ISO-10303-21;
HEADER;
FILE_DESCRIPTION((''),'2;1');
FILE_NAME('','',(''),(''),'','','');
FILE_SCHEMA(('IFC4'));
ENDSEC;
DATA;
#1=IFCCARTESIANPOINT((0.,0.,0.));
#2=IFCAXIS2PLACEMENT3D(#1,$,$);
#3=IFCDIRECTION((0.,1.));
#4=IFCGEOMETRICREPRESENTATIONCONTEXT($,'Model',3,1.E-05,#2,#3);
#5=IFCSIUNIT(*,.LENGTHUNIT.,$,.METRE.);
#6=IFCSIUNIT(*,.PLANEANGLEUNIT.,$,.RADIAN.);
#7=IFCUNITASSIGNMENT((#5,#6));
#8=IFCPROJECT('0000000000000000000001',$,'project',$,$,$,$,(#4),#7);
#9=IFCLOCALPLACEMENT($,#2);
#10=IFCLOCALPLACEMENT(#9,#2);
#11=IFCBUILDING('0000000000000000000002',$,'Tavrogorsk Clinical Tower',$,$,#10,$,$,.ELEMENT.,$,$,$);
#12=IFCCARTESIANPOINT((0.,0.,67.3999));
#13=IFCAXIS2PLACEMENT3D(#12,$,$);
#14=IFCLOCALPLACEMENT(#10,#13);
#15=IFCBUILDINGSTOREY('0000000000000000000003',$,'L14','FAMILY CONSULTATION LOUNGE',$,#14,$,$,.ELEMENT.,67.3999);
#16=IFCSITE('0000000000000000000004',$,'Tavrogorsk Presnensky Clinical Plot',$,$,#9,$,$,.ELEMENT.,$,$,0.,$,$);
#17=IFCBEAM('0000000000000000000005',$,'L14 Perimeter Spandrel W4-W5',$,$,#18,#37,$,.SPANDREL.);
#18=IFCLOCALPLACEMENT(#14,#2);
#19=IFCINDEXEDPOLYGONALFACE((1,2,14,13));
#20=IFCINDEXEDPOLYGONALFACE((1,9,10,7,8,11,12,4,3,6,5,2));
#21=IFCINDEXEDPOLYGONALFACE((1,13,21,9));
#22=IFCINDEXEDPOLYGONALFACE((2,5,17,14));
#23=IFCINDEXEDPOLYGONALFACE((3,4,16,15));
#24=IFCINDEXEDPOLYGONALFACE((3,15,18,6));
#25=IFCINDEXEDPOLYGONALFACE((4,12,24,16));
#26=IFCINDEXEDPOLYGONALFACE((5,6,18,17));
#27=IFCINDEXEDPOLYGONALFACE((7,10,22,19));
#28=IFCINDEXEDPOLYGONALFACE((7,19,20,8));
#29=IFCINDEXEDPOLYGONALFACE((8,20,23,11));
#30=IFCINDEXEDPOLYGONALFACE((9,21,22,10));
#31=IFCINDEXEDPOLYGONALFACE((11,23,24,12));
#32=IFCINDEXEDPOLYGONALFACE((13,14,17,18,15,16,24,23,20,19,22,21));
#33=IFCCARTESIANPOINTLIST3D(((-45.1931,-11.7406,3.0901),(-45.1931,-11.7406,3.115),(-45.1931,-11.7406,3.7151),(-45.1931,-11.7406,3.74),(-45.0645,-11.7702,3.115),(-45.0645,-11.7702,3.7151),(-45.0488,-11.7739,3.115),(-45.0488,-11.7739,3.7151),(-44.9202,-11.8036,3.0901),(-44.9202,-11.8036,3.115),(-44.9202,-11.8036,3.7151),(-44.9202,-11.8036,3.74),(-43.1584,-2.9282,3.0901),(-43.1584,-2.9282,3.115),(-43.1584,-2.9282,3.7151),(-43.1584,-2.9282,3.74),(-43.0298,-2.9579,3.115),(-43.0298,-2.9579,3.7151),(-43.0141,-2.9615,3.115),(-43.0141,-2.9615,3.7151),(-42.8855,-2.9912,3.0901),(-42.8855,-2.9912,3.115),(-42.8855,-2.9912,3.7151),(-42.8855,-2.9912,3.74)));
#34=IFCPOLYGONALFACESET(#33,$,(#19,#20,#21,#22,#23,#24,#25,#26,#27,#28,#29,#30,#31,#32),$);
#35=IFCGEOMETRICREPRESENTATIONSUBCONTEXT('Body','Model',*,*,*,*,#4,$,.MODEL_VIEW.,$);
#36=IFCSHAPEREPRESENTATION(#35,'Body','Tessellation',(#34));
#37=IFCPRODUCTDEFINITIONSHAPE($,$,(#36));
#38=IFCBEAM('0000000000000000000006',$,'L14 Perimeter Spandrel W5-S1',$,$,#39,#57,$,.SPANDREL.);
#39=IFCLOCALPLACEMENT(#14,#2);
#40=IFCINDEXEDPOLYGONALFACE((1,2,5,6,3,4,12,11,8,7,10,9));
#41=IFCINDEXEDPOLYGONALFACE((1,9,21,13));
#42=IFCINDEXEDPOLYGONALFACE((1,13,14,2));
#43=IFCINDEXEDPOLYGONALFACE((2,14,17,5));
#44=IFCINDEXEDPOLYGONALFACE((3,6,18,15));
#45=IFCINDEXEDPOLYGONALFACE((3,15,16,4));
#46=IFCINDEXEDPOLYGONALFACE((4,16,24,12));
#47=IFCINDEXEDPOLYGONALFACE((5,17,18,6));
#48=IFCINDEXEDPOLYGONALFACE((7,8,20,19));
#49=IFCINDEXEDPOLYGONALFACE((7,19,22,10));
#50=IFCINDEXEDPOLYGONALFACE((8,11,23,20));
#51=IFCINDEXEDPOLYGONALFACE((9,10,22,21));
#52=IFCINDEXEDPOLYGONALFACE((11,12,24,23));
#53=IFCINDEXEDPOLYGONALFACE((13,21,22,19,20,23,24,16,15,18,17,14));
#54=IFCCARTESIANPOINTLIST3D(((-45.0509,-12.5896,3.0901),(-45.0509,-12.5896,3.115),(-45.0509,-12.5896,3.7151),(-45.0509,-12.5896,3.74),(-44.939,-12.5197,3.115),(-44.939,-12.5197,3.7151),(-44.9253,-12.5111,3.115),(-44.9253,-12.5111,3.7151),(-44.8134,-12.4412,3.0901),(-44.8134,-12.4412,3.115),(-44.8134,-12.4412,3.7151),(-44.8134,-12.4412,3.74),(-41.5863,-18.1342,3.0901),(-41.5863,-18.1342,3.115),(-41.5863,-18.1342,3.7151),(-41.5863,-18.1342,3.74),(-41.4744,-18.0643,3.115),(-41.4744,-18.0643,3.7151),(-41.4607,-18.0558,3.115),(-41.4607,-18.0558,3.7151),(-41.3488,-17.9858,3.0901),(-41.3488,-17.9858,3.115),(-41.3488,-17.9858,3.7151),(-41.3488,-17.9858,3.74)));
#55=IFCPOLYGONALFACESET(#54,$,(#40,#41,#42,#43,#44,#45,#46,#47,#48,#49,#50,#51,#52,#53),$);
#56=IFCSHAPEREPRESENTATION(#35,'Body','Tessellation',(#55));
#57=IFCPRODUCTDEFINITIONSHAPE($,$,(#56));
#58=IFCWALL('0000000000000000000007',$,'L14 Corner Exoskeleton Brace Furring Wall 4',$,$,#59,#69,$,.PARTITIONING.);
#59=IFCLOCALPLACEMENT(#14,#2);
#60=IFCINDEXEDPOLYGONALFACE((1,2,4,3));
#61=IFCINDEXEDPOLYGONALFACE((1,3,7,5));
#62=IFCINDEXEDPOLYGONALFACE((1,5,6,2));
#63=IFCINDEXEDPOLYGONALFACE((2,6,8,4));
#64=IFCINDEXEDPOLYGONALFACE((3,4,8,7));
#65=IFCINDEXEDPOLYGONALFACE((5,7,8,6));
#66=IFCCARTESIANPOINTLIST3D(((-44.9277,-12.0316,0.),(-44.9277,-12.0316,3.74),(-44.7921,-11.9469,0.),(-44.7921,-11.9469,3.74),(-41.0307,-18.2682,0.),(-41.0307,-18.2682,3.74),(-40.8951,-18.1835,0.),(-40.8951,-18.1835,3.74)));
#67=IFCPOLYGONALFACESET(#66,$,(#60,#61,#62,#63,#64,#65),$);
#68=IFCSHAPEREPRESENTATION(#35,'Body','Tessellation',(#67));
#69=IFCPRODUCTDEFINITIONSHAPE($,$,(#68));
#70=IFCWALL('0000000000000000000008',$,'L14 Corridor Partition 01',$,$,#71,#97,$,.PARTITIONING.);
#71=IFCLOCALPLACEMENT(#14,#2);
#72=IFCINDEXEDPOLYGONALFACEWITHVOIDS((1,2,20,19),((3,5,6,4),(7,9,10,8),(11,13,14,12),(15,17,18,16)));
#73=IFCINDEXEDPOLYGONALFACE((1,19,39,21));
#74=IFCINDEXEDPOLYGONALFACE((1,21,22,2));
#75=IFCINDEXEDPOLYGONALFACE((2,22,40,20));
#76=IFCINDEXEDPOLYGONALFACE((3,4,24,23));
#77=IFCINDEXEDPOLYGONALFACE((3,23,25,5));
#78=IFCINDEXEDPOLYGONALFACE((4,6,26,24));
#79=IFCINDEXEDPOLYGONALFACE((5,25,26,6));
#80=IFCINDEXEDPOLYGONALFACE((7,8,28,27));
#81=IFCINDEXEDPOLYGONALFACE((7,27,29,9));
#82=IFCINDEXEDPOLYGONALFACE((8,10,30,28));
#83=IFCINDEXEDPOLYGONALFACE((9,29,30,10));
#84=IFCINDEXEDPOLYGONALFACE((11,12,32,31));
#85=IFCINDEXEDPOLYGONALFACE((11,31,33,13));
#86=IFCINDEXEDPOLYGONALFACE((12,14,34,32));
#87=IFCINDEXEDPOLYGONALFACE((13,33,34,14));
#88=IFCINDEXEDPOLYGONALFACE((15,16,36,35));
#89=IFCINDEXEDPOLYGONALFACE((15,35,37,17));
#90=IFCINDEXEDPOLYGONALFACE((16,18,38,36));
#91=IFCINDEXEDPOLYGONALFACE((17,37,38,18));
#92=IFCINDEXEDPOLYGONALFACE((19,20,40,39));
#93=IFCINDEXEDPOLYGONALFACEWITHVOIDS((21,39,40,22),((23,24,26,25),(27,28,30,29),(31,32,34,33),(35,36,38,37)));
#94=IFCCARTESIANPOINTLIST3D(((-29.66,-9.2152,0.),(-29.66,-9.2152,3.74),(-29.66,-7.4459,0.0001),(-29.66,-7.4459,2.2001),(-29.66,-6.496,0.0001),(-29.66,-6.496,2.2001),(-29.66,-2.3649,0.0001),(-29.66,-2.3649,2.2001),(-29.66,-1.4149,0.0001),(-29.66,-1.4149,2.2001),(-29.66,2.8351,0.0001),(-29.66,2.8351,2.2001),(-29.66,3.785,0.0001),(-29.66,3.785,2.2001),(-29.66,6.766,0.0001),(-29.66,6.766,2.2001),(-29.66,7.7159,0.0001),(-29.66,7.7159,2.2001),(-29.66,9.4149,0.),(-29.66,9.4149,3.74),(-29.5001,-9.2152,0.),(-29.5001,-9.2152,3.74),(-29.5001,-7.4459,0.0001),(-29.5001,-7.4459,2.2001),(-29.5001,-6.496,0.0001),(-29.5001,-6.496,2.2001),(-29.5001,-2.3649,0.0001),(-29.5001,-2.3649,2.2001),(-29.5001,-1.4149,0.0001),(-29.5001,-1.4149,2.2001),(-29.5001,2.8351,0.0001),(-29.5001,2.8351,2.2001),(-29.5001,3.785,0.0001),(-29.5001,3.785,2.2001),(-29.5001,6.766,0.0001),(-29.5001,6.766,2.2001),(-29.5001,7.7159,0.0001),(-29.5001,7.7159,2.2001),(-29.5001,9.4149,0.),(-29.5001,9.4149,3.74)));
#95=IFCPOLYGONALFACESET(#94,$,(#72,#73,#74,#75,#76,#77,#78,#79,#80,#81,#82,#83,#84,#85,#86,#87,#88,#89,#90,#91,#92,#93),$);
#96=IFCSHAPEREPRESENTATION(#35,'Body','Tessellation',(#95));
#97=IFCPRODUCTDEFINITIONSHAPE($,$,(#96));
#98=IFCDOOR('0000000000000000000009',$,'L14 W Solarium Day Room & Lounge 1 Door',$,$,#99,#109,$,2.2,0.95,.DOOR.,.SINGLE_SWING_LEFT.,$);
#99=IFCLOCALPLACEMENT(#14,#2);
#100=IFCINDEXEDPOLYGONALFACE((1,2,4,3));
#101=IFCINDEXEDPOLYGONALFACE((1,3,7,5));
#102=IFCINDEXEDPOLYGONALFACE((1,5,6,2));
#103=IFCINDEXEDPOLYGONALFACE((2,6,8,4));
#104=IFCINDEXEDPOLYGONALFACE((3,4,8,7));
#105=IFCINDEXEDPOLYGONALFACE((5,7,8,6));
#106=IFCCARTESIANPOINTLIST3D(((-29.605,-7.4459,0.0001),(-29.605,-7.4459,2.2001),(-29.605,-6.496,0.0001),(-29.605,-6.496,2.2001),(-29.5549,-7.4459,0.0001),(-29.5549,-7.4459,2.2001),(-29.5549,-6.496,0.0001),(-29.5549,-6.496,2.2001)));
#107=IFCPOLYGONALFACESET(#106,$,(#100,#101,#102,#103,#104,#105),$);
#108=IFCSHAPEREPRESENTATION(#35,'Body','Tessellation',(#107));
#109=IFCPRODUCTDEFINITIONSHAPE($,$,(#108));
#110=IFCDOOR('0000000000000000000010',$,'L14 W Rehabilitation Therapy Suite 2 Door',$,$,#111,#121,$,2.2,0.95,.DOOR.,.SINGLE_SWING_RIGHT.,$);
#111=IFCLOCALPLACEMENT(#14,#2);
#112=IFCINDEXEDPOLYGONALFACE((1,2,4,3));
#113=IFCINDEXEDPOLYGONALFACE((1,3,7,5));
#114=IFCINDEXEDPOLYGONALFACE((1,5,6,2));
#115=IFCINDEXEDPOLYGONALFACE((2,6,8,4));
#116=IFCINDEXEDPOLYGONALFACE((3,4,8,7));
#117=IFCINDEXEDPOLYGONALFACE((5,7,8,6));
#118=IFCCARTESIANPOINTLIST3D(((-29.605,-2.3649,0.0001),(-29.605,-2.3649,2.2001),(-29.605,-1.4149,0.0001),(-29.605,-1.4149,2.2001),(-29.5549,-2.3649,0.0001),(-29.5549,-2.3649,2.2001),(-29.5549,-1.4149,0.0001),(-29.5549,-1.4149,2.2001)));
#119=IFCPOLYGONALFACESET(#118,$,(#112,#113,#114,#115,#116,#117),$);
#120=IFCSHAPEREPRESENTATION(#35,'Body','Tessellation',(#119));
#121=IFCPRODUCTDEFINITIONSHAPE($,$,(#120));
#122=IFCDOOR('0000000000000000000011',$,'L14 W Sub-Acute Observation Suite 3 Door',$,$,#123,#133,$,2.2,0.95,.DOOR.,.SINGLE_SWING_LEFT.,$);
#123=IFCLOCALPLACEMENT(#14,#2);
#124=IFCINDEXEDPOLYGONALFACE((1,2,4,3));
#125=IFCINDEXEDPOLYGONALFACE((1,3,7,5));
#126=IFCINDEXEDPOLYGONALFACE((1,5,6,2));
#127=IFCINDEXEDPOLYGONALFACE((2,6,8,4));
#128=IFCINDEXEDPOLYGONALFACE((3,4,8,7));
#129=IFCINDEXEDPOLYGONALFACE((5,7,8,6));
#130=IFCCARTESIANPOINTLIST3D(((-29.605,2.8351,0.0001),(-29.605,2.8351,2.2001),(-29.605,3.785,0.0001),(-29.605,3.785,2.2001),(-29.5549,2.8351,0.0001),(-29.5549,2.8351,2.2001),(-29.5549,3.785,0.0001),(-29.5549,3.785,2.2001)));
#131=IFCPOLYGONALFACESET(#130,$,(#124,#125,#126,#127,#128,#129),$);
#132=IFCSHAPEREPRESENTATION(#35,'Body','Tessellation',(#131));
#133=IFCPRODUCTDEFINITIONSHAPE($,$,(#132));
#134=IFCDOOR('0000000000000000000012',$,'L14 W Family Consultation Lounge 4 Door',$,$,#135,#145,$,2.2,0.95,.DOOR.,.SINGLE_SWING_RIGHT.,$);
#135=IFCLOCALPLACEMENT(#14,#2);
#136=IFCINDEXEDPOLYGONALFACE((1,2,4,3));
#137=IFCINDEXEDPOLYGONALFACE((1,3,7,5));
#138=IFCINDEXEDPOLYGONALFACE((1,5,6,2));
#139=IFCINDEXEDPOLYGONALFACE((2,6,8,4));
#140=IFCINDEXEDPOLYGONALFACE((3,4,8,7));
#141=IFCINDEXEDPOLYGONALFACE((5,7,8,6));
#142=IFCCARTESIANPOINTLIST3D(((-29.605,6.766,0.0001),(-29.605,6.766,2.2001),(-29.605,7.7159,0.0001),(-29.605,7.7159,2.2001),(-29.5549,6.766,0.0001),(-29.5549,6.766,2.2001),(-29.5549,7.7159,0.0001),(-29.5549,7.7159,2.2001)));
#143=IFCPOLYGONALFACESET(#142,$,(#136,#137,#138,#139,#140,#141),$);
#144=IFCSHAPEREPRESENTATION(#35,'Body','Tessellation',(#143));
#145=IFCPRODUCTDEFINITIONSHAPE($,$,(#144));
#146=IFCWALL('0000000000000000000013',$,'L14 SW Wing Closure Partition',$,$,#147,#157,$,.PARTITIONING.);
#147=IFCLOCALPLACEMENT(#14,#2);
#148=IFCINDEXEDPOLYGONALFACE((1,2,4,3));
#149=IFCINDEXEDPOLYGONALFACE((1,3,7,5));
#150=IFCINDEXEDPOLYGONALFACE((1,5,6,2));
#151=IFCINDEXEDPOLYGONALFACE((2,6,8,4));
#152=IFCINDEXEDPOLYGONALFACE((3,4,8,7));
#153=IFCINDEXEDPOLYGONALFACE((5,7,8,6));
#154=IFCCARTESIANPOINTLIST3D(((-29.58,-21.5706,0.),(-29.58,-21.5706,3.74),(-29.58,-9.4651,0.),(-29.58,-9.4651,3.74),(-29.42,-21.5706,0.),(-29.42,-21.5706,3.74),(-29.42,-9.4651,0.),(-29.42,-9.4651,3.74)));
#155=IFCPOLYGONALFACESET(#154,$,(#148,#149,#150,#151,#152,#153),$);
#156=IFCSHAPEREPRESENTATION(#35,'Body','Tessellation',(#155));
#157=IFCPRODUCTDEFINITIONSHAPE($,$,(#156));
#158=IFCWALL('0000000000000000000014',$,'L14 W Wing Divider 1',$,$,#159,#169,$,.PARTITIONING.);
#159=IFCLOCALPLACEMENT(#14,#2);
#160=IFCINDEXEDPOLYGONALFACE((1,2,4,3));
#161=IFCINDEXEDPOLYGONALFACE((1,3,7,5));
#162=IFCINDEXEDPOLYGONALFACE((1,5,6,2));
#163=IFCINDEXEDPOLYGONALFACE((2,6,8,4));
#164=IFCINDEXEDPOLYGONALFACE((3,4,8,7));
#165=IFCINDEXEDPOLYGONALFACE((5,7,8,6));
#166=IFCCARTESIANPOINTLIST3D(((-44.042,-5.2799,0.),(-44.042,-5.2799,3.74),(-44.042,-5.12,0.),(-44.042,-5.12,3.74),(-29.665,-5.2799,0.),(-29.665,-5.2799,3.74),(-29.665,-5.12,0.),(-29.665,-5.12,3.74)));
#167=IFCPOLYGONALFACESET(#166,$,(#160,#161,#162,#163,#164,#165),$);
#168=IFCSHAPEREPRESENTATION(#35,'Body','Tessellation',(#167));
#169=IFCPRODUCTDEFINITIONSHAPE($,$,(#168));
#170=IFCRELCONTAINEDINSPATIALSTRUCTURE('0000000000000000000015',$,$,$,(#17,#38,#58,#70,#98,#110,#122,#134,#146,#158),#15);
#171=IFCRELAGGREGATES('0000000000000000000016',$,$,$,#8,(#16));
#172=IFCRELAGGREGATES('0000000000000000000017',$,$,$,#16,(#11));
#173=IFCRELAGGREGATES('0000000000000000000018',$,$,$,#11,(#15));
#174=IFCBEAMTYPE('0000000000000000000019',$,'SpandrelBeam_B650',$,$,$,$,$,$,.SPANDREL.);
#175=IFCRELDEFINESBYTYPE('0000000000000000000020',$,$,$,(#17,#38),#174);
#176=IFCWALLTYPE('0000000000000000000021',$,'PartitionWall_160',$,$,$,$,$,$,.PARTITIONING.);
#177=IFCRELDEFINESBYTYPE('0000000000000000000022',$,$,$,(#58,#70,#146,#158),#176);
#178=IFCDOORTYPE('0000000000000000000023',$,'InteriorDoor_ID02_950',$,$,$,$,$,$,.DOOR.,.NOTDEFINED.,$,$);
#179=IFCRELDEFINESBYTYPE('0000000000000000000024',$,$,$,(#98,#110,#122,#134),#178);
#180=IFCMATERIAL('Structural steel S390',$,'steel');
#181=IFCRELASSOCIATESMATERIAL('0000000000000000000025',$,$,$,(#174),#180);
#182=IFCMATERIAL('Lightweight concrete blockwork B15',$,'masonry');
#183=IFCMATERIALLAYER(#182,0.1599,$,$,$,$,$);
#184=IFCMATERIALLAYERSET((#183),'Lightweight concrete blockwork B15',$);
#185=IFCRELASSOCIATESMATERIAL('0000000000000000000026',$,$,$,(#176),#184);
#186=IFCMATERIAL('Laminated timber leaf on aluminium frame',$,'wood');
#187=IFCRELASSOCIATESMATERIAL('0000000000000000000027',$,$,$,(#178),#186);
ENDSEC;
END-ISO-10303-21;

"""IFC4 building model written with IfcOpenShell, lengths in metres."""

from ifc_helpers import new_model, si_unit, direction, frame, frame_2d, origin, origin_2d, place, context, subcontext, project, spatial, rectangle, i_section, extrude, material, layer, layer_set, material_profile, profile_set, type_object, element, fill, save


model = new_model("IFC4")

# Units and contexts
model_context = context("Model", 3, precision=1e-05, world=origin(), true_north=direction((0.0, 1.0)))
body_context = subcontext(model_context, "Body", "Model", "MODEL_VIEW")
ifc_project = project(units=[si_unit("LENGTHUNIT", "METRE"), si_unit("PLANEANGLEUNIT", "RADIAN")], contexts=[model_context])

# Site, building, storey
site_placement = place(None, origin())
site = spatial("IfcSite", under=ifc_project, at=site_placement, Name="Tavrogorsk Presnensky Clinical Plot", CompositionType="ELEMENT", RefElevation=0.0)
building_placement = place(site_placement, origin())
building = spatial("IfcBuilding", under=site, at=building_placement, Name="Tavrogorsk Clinical Tower", CompositionType="ELEMENT")
storey_placement = place(building_placement, frame((0.0, 0.0, 67.3999)))
storey = spatial("IfcBuildingStorey", under=building, at=storey_placement, Name="L14", Description="FAMILY CONSULTATION LOUNGE", CompositionType="ELEMENT", Elevation=67.3999)

# Beams
ifc_material_1 = material(Name="Structural steel S390", Category="steel")
ifc_material_profile_1 = material_profile(ifc_material_1, i_section(OverallWidth=0.28, OverallDepth=0.6499, WebThickness=0.0161, FlangeThickness=0.0249, at=origin_2d()), Name="B-650x280x16x25")
ifc_profile_set_1 = profile_set([ifc_material_profile_1], Name="Structural steel S390")
beam_type = type_object("IfcBeamType", Name="SpandrelBeam_B650", PredefinedType="SPANDREL", material=ifc_profile_set_1)
beam_1_placement = place(storey_placement, frame((-43.022, -2.9597, 3.415), z_axis=(-0.224972, -0.974365, 0.0), x_axis=(0.974365, -0.224972, 0.0)))
element("IfcBeam", 1, at=beam_1_placement, inside=storey, type_object=beam_type, Name="L14 Perimeter Spandrel W4-W5", PredefinedType="SPANDREL", context=body_context, shape_type="SweptSolid", body=[
    extrude(i_section(OverallWidth=0.28, OverallDepth=0.6499, WebThickness=0.0161, FlangeThickness=0.0249, at=origin_2d()), origin(), (0.0, 0.0, 1.0), 9.0442),
])
beam_2_placement = place(storey_placement, frame((-44.9321, -12.5154, 3.415), z_axis=(0.529908, -0.848055, 0.0), x_axis=(0.848055, 0.529908, 0.0)))
element("IfcBeam", 2, at=beam_2_placement, inside=storey, type_object=beam_type, Name="L14 Perimeter Spandrel W5-S1", PredefinedType="SPANDREL", context=body_context, shape_type="SweptSolid", body=[
    extrude(i_section(OverallWidth=0.28, OverallDepth=0.6499, WebThickness=0.0161, FlangeThickness=0.0249, at=origin_2d()), origin(), (0.0, 0.0, 1.0), 6.5381),
])

# Wall
ifc_material_2 = material(Name="Lightweight concrete blockwork B15", Category="masonry")
ifc_layer_1 = layer(ifc_material_2, 0.1599)
ifc_layer_set_1 = layer_set([ifc_layer_1], Name="Lightweight concrete blockwork B15")
wall_type_1 = type_object("IfcWallType", Name="PartitionWall_160", PredefinedType="PARTITIONING", material=ifc_layer_set_1)
wall_1_placement = place(storey_placement, frame((-44.8599, -11.9893, 0.0), z_axis=(0.0, 0.0, 1.0), x_axis=(0.529912, -0.848052, 0.0)))
element("IfcWall", 3, at=wall_1_placement, inside=storey, type_object=wall_type_1, Name="L14 Corner Exoskeleton Brace Furring Wall 4", PredefinedType="PARTITIONING", context=body_context, shape_type="SweptSolid", body=[
    extrude(rectangle(XDim=7.354, YDim=0.1599, at=frame_2d((3.677, 0.0))), origin(), (0.0, 0.0, 1.0), 3.74),
])

# Wall, openings, doors
wall_2_placement = place(storey_placement, frame((-29.5801, -9.2151, 0.0), z_axis=(0.0, 0.0, 1.0), x_axis=(0.0, 1.0, 0.0)))
wall_2 = element("IfcWall", 4, at=wall_2_placement, inside=storey, type_object=wall_type_1, Name="L14 Corridor Partition 01", PredefinedType="PARTITIONING", context=body_context, shape_type="SweptSolid", body=[
    extrude(rectangle(XDim=18.6301, YDim=0.1599, at=frame_2d((9.3149, 0.0))), origin(), (0.0, 0.0, 1.0), 3.74),
])
opening_1_placement = place(wall_2_placement, frame((1.769, 0.0, 0.0)))
opening_1 = element("IfcOpeningElement", 5, at=opening_1_placement, cuts=wall_2, PredefinedType="OPENING", context=body_context, shape_type="SweptSolid", body=[
    extrude(rectangle(XDim=0.95, YDim=2.2, at=frame_2d((0.4751, 1.1001))), frame((0.0, 0.0898, 0.0), z_axis=(0.0, -1.0, 0.0), x_axis=(1.0, 0.0, 0.0)), (0.0, 0.0, 1.0), 0.1799),
])
opening_2_placement = place(wall_2_placement, frame((6.8501, 0.0, 0.0)))
opening_2 = element("IfcOpeningElement", 6, at=opening_2_placement, cuts=wall_2, PredefinedType="OPENING", context=body_context, shape_type="SweptSolid", body=[
    extrude(rectangle(XDim=0.95, YDim=2.2, at=frame_2d((0.4751, 1.1001))), frame((0.0, 0.0898, 0.0), z_axis=(0.0, -1.0, 0.0), x_axis=(1.0, 0.0, 0.0)), (0.0, 0.0, 1.0), 0.1799),
])
opening_3_placement = place(wall_2_placement, frame((12.05, 0.0, 0.0)))
opening_3 = element("IfcOpeningElement", 7, at=opening_3_placement, cuts=wall_2, PredefinedType="OPENING", context=body_context, shape_type="SweptSolid", body=[
    extrude(rectangle(XDim=0.95, YDim=2.2, at=frame_2d((0.4751, 1.1001))), frame((0.0, 0.0898, 0.0), z_axis=(0.0, -1.0, 0.0), x_axis=(1.0, 0.0, 0.0)), (0.0, 0.0, 1.0), 0.1799),
])
opening_4_placement = place(wall_2_placement, frame((15.981, 0.0, 0.0)))
opening_4 = element("IfcOpeningElement", 8, at=opening_4_placement, cuts=wall_2, PredefinedType="OPENING", context=body_context, shape_type="SweptSolid", body=[
    extrude(rectangle(XDim=0.95, YDim=2.2, at=frame_2d((0.4751, 1.1001))), frame((0.0, 0.0898, 0.0), z_axis=(0.0, -1.0, 0.0), x_axis=(1.0, 0.0, 0.0)), (0.0, 0.0, 1.0), 0.1799),
])
ifc_material_3 = material(Name="Laminated timber leaf on aluminium frame", Category="wood")
door_type = type_object("IfcDoorType", Name="InteriorDoor_ID02_950", OperationType="NOTDEFINED", PredefinedType="DOOR", material=ifc_material_3)
door_1_placement = place(opening_1_placement, origin())
door_1 = element("IfcDoor", 9, at=door_1_placement, inside=storey, type_object=door_type, Name="L14 W Solarium Day Room & Lounge 1 Door", OperationType="SINGLE_SWING_LEFT", OverallHeight=2.2, OverallWidth=0.95, PredefinedType="DOOR", context=body_context, shape_type="SweptSolid", body=[
    extrude(rectangle(XDim=0.95, YDim=2.2, at=frame_2d((0.4751, 1.1001))), frame((0.0, 0.0249, 0.0), z_axis=(0.0, -1.0, 0.0), x_axis=(1.0, 0.0, 0.0)), (0.0, 0.0, 1.0), 0.05),
])
fill(opening_1, door_1)
door_2_placement = place(opening_2_placement, origin())
door_2 = element("IfcDoor", 10, at=door_2_placement, inside=storey, type_object=door_type, Name="L14 W Rehabilitation Therapy Suite 2 Door", OperationType="SINGLE_SWING_RIGHT", OverallHeight=2.2, OverallWidth=0.95, PredefinedType="DOOR", context=body_context, shape_type="SweptSolid", body=[
    extrude(rectangle(XDim=0.95, YDim=2.2, at=frame_2d((0.4751, 1.1001))), frame((0.0, 0.0249, 0.0), z_axis=(0.0, -1.0, 0.0), x_axis=(1.0, 0.0, 0.0)), (0.0, 0.0, 1.0), 0.05),
])
fill(opening_2, door_2)
door_3_placement = place(opening_3_placement, origin())
door_3 = element("IfcDoor", 11, at=door_3_placement, inside=storey, type_object=door_type, Name="L14 W Sub-Acute Observation Suite 3 Door", OperationType="SINGLE_SWING_LEFT", OverallHeight=2.2, OverallWidth=0.95, PredefinedType="DOOR", context=body_context, shape_type="SweptSolid", body=[
    extrude(rectangle(XDim=0.95, YDim=2.2, at=frame_2d((0.4751, 1.1001))), frame((0.0, 0.0249, 0.0), z_axis=(0.0, -1.0, 0.0), x_axis=(1.0, 0.0, 0.0)), (0.0, 0.0, 1.0), 0.05),
])
fill(opening_3, door_3)
door_4_placement = place(opening_4_placement, origin())
door_4 = element("IfcDoor", 12, at=door_4_placement, inside=storey, type_object=door_type, Name="L14 W Family Consultation Lounge 4 Door", OperationType="SINGLE_SWING_RIGHT", OverallHeight=2.2, OverallWidth=0.95, PredefinedType="DOOR", context=body_context, shape_type="SweptSolid", body=[
    extrude(rectangle(XDim=0.95, YDim=2.2, at=frame_2d((0.4751, 1.1001))), frame((0.0, 0.0249, 0.0), z_axis=(0.0, -1.0, 0.0), x_axis=(1.0, 0.0, 0.0)), (0.0, 0.0, 1.0), 0.05),
])
fill(opening_4, door_4)

# Walls
wall_3_placement = place(storey_placement, frame((-29.5, -21.5706, 0.0), z_axis=(0.0, 0.0, 1.0), x_axis=(0.0, 1.0, 0.0)))
element("IfcWall", 13, at=wall_3_placement, inside=storey, type_object=wall_type_1, Name="L14 SW Wing Closure Partition", PredefinedType="PARTITIONING", context=body_context, shape_type="SweptSolid", body=[
    extrude(rectangle(XDim=12.1055, YDim=0.1599, at=frame_2d((6.0527, 0.0))), origin(), (0.0, 0.0, 1.0), 3.74),
])
wall_4_placement = place(storey_placement, frame((-44.042, -5.2, 0.0), z_axis=(0.0, 0.0, 1.0), x_axis=(1.0, 0.0, 0.0)))
element("IfcWall", 14, at=wall_4_placement, inside=storey, type_object=wall_type_1, Name="L14 W Wing Divider 1", PredefinedType="PARTITIONING", context=body_context, shape_type="SweptSolid", body=[
    extrude(rectangle(XDim=14.377, YDim=0.1599, at=frame_2d((7.1885, 0.0))), origin(), (0.0, 0.0, 1.0), 3.74),
])

save(model, "model.ifc")
